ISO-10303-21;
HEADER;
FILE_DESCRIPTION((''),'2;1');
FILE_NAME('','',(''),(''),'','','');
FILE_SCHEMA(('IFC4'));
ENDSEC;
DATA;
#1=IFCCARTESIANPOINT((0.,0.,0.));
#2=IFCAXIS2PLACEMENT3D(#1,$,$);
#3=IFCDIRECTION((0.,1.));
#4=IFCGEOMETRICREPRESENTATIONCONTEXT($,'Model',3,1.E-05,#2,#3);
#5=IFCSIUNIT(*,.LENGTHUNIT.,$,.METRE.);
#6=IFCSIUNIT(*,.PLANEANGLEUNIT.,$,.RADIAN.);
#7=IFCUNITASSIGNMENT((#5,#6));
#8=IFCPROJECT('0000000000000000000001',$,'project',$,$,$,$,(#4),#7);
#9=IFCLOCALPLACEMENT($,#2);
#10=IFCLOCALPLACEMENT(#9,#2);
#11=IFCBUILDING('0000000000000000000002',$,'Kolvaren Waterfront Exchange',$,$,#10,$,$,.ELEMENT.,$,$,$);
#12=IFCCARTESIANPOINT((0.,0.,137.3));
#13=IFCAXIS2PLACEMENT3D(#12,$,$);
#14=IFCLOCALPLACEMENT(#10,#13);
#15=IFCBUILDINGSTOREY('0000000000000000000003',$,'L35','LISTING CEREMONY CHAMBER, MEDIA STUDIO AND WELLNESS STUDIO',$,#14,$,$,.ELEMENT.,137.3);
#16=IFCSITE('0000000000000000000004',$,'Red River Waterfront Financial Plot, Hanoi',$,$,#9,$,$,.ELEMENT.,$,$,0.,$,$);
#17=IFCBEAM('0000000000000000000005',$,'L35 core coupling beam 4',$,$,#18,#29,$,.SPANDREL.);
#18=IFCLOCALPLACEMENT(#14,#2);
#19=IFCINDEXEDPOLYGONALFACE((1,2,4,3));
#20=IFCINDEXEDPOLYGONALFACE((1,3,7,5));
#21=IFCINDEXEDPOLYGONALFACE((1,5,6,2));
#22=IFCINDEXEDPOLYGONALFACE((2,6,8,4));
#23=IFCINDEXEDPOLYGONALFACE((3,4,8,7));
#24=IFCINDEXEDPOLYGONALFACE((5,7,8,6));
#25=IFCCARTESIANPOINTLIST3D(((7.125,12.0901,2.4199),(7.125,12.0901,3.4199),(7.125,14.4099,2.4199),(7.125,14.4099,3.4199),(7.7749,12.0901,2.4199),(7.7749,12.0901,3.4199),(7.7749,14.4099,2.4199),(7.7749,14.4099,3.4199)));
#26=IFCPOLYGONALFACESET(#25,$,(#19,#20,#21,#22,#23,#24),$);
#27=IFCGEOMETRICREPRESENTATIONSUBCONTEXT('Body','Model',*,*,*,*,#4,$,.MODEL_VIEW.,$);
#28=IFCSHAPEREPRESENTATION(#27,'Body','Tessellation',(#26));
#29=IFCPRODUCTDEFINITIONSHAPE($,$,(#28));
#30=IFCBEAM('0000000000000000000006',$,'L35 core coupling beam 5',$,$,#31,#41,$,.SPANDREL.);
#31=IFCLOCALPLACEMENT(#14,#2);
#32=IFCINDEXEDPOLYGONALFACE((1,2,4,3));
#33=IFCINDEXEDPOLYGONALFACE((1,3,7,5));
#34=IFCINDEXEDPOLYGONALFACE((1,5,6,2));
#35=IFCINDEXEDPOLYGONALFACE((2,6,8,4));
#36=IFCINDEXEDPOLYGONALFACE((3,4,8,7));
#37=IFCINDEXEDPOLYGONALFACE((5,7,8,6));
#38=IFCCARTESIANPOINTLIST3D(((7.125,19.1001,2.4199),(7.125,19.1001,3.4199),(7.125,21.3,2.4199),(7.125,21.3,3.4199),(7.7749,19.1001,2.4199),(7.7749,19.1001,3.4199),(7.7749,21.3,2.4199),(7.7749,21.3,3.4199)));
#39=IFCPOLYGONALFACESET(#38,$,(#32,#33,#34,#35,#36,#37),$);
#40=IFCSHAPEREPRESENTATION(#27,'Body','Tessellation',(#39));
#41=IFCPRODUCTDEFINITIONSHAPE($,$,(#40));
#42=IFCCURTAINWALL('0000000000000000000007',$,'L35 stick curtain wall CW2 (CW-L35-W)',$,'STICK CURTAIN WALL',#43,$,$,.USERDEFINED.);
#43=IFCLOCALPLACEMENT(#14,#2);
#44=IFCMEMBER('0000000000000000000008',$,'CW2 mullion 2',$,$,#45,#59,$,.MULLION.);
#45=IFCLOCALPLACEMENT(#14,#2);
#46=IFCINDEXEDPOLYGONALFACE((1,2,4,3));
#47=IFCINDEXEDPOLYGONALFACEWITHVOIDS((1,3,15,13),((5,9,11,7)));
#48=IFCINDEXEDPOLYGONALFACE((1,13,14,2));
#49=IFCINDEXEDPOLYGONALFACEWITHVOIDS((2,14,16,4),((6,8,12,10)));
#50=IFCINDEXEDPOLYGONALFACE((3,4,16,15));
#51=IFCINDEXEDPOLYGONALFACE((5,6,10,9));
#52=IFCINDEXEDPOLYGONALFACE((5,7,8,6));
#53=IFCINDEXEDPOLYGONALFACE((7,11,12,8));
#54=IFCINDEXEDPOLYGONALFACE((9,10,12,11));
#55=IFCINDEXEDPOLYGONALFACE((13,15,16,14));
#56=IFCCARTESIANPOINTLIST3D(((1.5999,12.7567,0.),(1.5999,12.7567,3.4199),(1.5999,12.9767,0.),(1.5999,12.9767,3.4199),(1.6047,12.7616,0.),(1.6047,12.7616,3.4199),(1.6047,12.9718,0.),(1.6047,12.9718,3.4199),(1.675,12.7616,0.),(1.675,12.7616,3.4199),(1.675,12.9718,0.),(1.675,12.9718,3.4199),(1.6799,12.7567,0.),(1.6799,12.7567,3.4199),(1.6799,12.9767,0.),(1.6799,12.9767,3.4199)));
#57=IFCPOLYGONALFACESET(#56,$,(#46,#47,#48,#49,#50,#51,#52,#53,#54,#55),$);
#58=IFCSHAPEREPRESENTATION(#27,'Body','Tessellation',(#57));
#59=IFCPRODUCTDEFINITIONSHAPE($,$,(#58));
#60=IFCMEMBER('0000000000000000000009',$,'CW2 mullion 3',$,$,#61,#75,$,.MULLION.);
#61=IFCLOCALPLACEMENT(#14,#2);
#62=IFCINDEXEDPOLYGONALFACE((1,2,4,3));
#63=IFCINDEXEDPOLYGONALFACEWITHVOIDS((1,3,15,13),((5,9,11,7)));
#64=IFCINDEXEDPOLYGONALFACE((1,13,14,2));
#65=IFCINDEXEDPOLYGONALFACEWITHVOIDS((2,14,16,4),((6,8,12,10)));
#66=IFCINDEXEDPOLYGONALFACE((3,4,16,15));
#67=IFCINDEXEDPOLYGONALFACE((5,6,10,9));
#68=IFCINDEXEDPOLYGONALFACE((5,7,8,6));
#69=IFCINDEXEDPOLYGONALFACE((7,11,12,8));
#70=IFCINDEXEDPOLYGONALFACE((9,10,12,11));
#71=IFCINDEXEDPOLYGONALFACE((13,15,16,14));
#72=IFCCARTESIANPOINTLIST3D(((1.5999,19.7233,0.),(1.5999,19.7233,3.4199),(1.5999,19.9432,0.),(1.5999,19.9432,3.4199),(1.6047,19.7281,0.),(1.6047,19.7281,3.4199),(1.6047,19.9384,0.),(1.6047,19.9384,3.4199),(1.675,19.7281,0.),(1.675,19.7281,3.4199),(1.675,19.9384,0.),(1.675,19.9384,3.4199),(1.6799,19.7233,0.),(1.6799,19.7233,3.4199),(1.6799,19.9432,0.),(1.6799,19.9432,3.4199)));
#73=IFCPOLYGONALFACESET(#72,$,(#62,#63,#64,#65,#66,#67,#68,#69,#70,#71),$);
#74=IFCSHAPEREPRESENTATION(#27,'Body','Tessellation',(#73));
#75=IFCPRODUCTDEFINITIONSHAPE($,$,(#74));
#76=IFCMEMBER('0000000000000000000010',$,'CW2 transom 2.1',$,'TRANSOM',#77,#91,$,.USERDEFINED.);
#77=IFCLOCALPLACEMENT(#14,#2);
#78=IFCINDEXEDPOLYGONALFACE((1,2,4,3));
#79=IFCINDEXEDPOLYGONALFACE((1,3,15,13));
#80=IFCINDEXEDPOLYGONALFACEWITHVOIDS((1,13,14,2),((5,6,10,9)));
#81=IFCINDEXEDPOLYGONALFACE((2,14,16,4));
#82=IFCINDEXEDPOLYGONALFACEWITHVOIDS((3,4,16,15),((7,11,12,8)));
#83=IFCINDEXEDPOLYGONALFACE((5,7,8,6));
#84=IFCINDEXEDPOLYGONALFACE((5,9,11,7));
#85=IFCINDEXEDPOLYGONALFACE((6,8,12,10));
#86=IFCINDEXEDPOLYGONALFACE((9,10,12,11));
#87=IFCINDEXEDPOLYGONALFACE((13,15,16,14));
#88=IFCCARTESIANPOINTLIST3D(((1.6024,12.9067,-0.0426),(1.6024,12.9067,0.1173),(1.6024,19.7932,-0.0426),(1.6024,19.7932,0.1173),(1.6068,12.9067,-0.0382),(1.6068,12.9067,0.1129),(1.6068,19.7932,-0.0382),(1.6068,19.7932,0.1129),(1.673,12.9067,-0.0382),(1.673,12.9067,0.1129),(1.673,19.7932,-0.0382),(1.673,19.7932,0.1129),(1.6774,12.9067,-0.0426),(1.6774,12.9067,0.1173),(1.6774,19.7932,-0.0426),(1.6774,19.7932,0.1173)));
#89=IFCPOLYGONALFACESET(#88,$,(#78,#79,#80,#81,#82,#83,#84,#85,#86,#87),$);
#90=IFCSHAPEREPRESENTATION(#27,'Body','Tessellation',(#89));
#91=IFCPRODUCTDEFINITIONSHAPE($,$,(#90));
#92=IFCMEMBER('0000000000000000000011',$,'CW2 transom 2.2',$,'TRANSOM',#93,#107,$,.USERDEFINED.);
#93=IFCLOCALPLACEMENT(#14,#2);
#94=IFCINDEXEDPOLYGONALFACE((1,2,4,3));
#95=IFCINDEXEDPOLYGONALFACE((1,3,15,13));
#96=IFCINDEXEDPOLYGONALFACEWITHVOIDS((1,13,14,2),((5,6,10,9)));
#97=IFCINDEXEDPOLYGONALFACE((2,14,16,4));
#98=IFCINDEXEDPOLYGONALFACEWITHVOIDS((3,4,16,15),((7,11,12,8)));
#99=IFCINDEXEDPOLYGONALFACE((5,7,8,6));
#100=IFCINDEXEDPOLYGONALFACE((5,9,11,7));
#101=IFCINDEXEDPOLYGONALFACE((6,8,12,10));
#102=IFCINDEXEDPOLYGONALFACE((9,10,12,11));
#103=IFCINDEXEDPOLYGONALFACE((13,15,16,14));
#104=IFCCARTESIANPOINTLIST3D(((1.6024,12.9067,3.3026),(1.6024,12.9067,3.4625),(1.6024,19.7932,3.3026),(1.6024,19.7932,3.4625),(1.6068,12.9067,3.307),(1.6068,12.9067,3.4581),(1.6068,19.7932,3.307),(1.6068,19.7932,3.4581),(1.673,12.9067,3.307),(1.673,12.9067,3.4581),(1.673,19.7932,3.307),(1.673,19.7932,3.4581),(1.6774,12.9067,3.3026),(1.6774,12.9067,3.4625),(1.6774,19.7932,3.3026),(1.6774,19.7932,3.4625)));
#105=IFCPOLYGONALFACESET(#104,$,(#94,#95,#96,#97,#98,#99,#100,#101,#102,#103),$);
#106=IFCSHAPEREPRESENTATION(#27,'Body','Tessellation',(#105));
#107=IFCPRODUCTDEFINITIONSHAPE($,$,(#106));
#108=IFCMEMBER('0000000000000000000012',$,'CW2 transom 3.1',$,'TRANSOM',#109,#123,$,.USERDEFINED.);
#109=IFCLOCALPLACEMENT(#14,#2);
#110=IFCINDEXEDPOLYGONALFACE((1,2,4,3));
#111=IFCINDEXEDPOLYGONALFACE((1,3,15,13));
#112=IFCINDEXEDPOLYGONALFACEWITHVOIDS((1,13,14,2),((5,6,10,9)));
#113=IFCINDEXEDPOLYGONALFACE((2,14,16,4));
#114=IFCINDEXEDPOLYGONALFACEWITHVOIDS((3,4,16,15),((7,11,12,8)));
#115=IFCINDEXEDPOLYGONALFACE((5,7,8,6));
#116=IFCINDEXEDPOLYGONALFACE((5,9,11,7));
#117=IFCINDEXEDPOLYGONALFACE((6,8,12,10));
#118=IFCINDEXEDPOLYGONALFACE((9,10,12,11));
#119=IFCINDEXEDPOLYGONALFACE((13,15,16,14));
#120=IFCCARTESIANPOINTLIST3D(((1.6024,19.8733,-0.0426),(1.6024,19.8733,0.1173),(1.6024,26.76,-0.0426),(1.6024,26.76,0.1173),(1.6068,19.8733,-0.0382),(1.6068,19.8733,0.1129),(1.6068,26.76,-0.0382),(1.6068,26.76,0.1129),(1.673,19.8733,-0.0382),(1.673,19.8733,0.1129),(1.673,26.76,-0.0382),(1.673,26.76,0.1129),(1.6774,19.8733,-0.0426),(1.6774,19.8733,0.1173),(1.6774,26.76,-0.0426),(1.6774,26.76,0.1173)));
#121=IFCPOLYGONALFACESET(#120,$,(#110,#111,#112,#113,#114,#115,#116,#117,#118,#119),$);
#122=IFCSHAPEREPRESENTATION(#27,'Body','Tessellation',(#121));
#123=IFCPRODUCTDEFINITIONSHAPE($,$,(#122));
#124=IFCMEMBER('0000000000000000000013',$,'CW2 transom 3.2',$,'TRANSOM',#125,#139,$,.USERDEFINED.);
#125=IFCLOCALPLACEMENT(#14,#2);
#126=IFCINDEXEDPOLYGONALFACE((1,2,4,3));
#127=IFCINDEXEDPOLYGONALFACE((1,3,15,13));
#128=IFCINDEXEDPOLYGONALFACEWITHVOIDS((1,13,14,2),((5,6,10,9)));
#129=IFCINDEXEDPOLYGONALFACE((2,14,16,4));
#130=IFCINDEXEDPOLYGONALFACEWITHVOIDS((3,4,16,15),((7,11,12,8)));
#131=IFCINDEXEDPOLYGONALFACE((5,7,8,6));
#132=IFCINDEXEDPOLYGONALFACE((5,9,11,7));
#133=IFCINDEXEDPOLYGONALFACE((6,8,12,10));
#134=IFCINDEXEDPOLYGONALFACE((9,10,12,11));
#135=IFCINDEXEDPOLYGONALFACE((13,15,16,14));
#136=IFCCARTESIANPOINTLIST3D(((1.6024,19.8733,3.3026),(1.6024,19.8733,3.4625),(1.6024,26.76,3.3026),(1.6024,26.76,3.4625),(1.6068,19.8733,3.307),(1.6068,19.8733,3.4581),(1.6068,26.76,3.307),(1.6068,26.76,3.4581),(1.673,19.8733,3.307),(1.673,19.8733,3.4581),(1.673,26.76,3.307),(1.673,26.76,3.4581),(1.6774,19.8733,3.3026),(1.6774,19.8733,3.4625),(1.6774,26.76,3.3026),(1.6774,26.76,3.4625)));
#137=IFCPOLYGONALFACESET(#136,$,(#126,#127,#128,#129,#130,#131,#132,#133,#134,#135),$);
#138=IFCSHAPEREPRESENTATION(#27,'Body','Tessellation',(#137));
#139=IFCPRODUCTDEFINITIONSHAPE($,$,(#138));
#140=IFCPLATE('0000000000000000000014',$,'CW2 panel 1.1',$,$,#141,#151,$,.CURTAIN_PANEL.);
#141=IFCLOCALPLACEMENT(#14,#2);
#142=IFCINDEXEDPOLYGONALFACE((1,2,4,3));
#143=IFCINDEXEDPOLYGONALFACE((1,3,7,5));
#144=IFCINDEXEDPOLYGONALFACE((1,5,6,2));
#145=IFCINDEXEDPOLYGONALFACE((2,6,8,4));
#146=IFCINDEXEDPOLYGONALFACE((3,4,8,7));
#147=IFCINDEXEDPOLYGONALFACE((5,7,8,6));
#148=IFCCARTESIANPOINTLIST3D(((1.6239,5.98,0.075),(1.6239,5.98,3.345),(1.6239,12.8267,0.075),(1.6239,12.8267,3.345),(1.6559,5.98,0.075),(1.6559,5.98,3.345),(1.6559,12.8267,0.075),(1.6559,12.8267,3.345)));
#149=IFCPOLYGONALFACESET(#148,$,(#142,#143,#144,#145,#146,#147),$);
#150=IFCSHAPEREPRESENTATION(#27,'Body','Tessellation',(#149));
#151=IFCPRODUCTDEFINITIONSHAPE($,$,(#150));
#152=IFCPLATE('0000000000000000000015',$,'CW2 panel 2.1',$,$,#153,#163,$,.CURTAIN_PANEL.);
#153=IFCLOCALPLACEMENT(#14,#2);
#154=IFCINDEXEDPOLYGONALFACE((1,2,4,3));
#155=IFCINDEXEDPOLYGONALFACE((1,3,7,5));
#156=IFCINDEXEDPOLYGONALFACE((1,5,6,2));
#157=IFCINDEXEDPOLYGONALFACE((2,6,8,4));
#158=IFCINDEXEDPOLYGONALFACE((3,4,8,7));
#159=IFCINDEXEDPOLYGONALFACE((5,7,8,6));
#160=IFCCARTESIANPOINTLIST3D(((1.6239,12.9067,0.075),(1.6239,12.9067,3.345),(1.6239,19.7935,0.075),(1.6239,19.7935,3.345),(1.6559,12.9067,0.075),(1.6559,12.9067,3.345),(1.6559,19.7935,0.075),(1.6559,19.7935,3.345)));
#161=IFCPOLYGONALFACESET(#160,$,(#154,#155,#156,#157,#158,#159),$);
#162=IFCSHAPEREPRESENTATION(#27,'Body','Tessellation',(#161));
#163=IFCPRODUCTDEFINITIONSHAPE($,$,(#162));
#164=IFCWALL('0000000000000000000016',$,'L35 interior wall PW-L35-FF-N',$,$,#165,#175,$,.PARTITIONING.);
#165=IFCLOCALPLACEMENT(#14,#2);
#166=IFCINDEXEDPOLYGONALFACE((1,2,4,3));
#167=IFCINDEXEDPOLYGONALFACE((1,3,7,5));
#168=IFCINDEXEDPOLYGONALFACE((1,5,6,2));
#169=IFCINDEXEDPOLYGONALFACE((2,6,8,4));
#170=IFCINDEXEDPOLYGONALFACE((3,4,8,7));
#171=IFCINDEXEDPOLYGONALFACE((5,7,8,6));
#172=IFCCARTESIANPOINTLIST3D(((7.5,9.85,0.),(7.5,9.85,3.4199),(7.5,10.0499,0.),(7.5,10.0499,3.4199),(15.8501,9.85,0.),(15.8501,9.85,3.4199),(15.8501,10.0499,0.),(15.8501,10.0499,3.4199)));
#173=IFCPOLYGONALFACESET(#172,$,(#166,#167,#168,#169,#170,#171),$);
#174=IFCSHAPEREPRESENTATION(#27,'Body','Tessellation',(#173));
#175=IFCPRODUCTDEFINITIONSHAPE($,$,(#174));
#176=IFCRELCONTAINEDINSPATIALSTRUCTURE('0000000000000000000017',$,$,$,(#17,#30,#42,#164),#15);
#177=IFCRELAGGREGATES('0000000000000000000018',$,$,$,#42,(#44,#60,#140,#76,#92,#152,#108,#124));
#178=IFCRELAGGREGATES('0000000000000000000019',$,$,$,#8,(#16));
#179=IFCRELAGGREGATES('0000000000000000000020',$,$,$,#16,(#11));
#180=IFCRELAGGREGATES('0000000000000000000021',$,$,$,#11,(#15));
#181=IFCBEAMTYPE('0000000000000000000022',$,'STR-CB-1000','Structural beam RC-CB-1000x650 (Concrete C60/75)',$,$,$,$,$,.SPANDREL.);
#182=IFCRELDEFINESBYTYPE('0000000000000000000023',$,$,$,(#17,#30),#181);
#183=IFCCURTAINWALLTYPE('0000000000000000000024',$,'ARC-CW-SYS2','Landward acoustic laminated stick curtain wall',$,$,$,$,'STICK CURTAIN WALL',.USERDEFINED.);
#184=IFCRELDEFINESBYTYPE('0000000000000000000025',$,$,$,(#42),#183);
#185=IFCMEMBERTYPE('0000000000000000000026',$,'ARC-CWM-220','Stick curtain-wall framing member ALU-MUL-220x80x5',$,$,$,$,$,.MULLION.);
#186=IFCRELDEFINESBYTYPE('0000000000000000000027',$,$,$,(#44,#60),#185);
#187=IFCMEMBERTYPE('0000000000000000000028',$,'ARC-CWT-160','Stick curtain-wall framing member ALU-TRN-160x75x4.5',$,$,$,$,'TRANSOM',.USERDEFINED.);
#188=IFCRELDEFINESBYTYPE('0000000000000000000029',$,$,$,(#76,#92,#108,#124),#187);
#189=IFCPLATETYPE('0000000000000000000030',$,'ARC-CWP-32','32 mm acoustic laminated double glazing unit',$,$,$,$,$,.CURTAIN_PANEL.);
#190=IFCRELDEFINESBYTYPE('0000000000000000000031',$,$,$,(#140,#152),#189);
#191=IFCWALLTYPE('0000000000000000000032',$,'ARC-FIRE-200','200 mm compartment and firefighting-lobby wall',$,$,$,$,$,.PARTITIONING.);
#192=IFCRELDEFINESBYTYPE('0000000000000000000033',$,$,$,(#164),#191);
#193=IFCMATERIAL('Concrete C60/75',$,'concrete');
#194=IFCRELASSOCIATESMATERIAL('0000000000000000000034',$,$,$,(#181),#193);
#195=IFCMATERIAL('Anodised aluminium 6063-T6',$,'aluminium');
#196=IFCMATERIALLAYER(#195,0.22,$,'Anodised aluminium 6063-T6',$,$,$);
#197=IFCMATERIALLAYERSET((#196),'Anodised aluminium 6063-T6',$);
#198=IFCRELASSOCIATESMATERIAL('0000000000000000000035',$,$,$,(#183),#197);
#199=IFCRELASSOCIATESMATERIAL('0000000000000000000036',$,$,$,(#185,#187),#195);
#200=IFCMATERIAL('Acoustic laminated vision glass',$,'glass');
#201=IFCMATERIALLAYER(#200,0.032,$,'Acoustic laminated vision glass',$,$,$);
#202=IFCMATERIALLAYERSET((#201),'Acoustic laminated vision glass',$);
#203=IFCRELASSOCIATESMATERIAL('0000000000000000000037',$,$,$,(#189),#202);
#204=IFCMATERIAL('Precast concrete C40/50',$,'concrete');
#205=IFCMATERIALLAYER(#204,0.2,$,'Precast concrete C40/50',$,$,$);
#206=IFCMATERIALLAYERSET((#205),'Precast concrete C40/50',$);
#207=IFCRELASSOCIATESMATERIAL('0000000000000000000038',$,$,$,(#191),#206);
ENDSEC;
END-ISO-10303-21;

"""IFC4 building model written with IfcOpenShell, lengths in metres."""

from ifc_helpers import new_model, si_unit, direction, frame, frame_2d, origin, origin_with_axes, origin_2d, place, context, subcontext, project, spatial, rectangle, hollow_rectangle, extrude, source, transform, mapped, material, layer, layer_set, material_profile, profile_set, type_object, element, aggregate, save


model = new_model("IFC4")

# Units and contexts
model_context = context("Model", 3, precision=1e-05, world=origin(), true_north=direction((0.0, 1.0)))
body_context = subcontext(model_context, "Body", "Model", "MODEL_VIEW")
ifc_project = project(units=[si_unit("LENGTHUNIT", "METRE"), si_unit("PLANEANGLEUNIT", "RADIAN")], contexts=[model_context])

# Site, building, storey
site_placement = place(None, origin())
site = spatial("IfcSite", under=ifc_project, at=site_placement, Name="Red River Waterfront Financial Plot, Hanoi", CompositionType="ELEMENT", RefElevation=0.0)
building_placement = place(site_placement, origin())
building = spatial("IfcBuilding", under=site, at=building_placement, Name="Kolvaren Waterfront Exchange", CompositionType="ELEMENT")
storey_placement = place(building_placement, frame((0.0, 0.0, 137.3)))
storey = spatial("IfcBuildingStorey", under=building, at=storey_placement, Name="L35", Description="LISTING CEREMONY CHAMBER, MEDIA STUDIO AND WELLNESS STUDIO", CompositionType="ELEMENT", Elevation=137.3)

# Beams
ifc_material_1 = material(Name="Concrete C60/75", Category="concrete")
ifc_material_profile_1 = material_profile(ifc_material_1, rectangle(XDim=0.6499, YDim=1.0, at=origin_2d()), Name="RC-CB-1000x650")
ifc_profile_set_1 = profile_set([ifc_material_profile_1], Name="Concrete C60/75")
beam_type = type_object("IfcBeamType", Name="STR-CB-1000", Description="Structural beam RC-CB-1000x650 (Concrete C60/75)", PredefinedType="SPANDREL", material=ifc_profile_set_1)
beam_1_placement = place(storey_placement, frame((7.45, 12.0901, 2.9199), z_axis=(0.0, 1.0, 0.0), x_axis=(-1.0, 0.0, 0.0)))
element("IfcBeam", 1, at=beam_1_placement, inside=storey, type_object=beam_type, Name="L35 core coupling beam 4", PredefinedType="SPANDREL", context=body_context, shape_type="SweptSolid", body=[
    extrude(rectangle(XDim=0.6499, YDim=1.0, at=origin_2d()), origin(), (0.0, 0.0, 1.0), 2.3198),
])
beam_2_placement = place(storey_placement, frame((7.45, 19.1001, 2.9199), z_axis=(0.0, 1.0, 0.0), x_axis=(-1.0, 0.0, 0.0)))
element("IfcBeam", 2, at=beam_2_placement, inside=storey, type_object=beam_type, Name="L35 core coupling beam 5", PredefinedType="SPANDREL", context=body_context, shape_type="SweptSolid", body=[
    extrude(rectangle(XDim=0.6499, YDim=1.0, at=origin_2d()), origin(), (0.0, 0.0, 1.0), 2.2),
])

# Curtain wall, members, plates
ifc_material_2 = material(Name="Anodised aluminium 6063-T6", Category="aluminium")
ifc_layer_1 = layer(ifc_material_2, 0.22, Name="Anodised aluminium 6063-T6")
ifc_layer_set_1 = layer_set([ifc_layer_1], Name="Anodised aluminium 6063-T6")
curtain_wall_type = type_object("IfcCurtainWallType", Name="ARC-CW-SYS2", Description="Landward acoustic laminated stick curtain wall", ElementType="STICK CURTAIN WALL", PredefinedType="USERDEFINED", material=ifc_layer_set_1)
curtain_wall_placement = place(storey_placement, origin())
curtain_wall = element("IfcCurtainWall", 3, at=curtain_wall_placement, inside=storey, type_object=curtain_wall_type, Name="L35 stick curtain wall CW2 (CW-L35-W)", ObjectType="STICK CURTAIN WALL", PredefinedType="USERDEFINED")
ifc_material_profile_2 = material_profile(ifc_material_2, hollow_rectangle(XDim=0.0801, YDim=0.22, WallThickness=0.0049, at=origin_2d()), Name="ALU-MUL-220x80x5")
ifc_profile_set_2 = profile_set([ifc_material_profile_2], Name="Anodised aluminium 6063-T6")
member_type_1 = type_object("IfcMemberType", Name="ARC-CWM-220", Description="Stick curtain-wall framing member ALU-MUL-220x80x5", PredefinedType="MULLION", material=ifc_profile_set_2)
shared_shape_1 = source(origin_with_axes(), body_context, "Body", "SweptSolid", [
    extrude(hollow_rectangle(XDim=0.0801, YDim=0.22, WallThickness=0.0049, at=origin_2d()), origin(), (0.0, 0.0, 1.0), 3.4199),
])
member_1_placement = place(storey_placement, frame((1.6399, 12.8667, 0.0), z_axis=(0.0, 0.0, 1.0), x_axis=(-1.0, 0.0, 0.0)))
member_1 = element("IfcMember", 4, at=member_1_placement, type_object=member_type_1, Name="CW2 mullion 2", PredefinedType="MULLION", context=body_context, shape_type="MappedRepresentation", body=[
    mapped(shared_shape_1, transform((0.0, 0.0, 0.0), x_axis=(1.0, 0.0, 0.0), y_axis=(0.0, 1.0, 0.0), z_axis=(0.0, 0.0, 1.0), scale=1.0)),
])
member_2_placement = place(storey_placement, frame((1.6399, 19.8333, 0.0), z_axis=(0.0, 0.0, 1.0), x_axis=(-1.0, 0.0, 0.0)))
member_2 = element("IfcMember", 5, at=member_2_placement, type_object=member_type_1, Name="CW2 mullion 3", PredefinedType="MULLION", context=body_context, shape_type="MappedRepresentation", body=[
    mapped(shared_shape_1, transform((0.0, 0.0, 0.0), x_axis=(1.0, 0.0, 0.0), y_axis=(0.0, 1.0, 0.0), z_axis=(0.0, 0.0, 1.0), scale=1.0)),
])
ifc_material_profile_3 = material_profile(ifc_material_2, hollow_rectangle(XDim=0.075, YDim=0.1599, WallThickness=0.0044, at=origin_2d()), Name="ALU-TRN-160x75x4.5")
ifc_profile_set_3 = profile_set([ifc_material_profile_3], Name="Anodised aluminium 6063-T6")
member_type_2 = type_object("IfcMemberType", Name="ARC-CWT-160", Description="Stick curtain-wall framing member ALU-TRN-160x75x4.5", ElementType="TRANSOM", PredefinedType="USERDEFINED", material=ifc_profile_set_3)
shared_shape_2 = source(origin_with_axes(), body_context, "Body", "SweptSolid", [
    extrude(hollow_rectangle(XDim=0.075, YDim=0.1599, WallThickness=0.0044, at=origin_2d()), origin(), (0.0, 0.0, 1.0), 6.8865),
])
member_3_placement = place(storey_placement, frame((1.6399, 12.9067, 0.0374), z_axis=(0.0, 1.0, 0.0), x_axis=(-1.0, 0.0, 0.0)))
member_3 = element("IfcMember", 6, at=member_3_placement, type_object=member_type_2, Name="CW2 transom 2.1", ObjectType="TRANSOM", PredefinedType="USERDEFINED", context=body_context, shape_type="MappedRepresentation", body=[
    mapped(shared_shape_2, transform((0.0, 0.0, 0.0), x_axis=(1.0, 0.0, 0.0), y_axis=(0.0, 1.0, 0.0), z_axis=(0.0, 0.0, 1.0), scale=1.0)),
])
member_4_placement = place(storey_placement, frame((1.6399, 12.9067, 3.3826), z_axis=(0.0, 1.0, 0.0), x_axis=(-1.0, 0.0, 0.0)))
member_4 = element("IfcMember", 7, at=member_4_placement, type_object=member_type_2, Name="CW2 transom 2.2", ObjectType="TRANSOM", PredefinedType="USERDEFINED", context=body_context, shape_type="MappedRepresentation", body=[
    mapped(shared_shape_2, transform((0.0, 0.0, 0.0), x_axis=(1.0, 0.0, 0.0), y_axis=(0.0, 1.0, 0.0), z_axis=(0.0, 0.0, 1.0), scale=1.0)),
])
shared_shape_3 = source(origin_with_axes(), body_context, "Body", "SweptSolid", [
    extrude(hollow_rectangle(XDim=0.075, YDim=0.1599, WallThickness=0.0044, at=origin_2d()), origin(), (0.0, 0.0, 1.0), 6.8867),
])
member_5_placement = place(storey_placement, frame((1.6399, 19.8733, 0.0374), z_axis=(0.0, 1.0, 0.0), x_axis=(-1.0, 0.0, 0.0)))
member_5 = element("IfcMember", 8, at=member_5_placement, type_object=member_type_2, Name="CW2 transom 3.1", ObjectType="TRANSOM", PredefinedType="USERDEFINED", context=body_context, shape_type="MappedRepresentation", body=[
    mapped(shared_shape_3, transform((0.0, 0.0, 0.0), x_axis=(1.0, 0.0, 0.0), y_axis=(0.0, 1.0, 0.0), z_axis=(0.0, 0.0, 1.0), scale=1.0)),
])
member_6_placement = place(storey_placement, frame((1.6399, 19.8733, 3.3826), z_axis=(0.0, 1.0, 0.0), x_axis=(-1.0, 0.0, 0.0)))
member_6 = element("IfcMember", 9, at=member_6_placement, type_object=member_type_2, Name="CW2 transom 3.2", ObjectType="TRANSOM", PredefinedType="USERDEFINED", context=body_context, shape_type="MappedRepresentation", body=[
    mapped(shared_shape_3, transform((0.0, 0.0, 0.0), x_axis=(1.0, 0.0, 0.0), y_axis=(0.0, 1.0, 0.0), z_axis=(0.0, 0.0, 1.0), scale=1.0)),
])
ifc_material_3 = material(Name="Acoustic laminated vision glass", Category="glass")
ifc_layer_2 = layer(ifc_material_3, 0.032, Name="Acoustic laminated vision glass")
ifc_layer_set_2 = layer_set([ifc_layer_2], Name="Acoustic laminated vision glass")
plate_type = type_object("IfcPlateType", Name="ARC-CWP-32", Description="32 mm acoustic laminated double glazing unit", PredefinedType="CURTAIN_PANEL", material=ifc_layer_set_2)
shared_shape_4 = source(origin_with_axes(), body_context, "Body", "SweptSolid", [
    extrude(rectangle(XDim=6.8467, YDim=0.032, at=origin_2d()), origin(), (0.0, 0.0, 1.0), 3.27),
])
plate_1_placement = place(storey_placement, frame((1.6399, 9.4033, 0.075), z_axis=(0.0, 0.0, 1.0), x_axis=(0.0, 1.0, 0.0)))
plate_1 = element("IfcPlate", 10, at=plate_1_placement, type_object=plate_type, Name="CW2 panel 1.1", PredefinedType="CURTAIN_PANEL", context=body_context, shape_type="MappedRepresentation", body=[
    mapped(shared_shape_4, transform((0.0, 0.0, 0.0), x_axis=(1.0, 0.0, 0.0), y_axis=(0.0, 1.0, 0.0), z_axis=(0.0, 0.0, 1.0), scale=1.0)),
])
shared_shape_5 = source(origin_with_axes(), body_context, "Body", "SweptSolid", [
    extrude(rectangle(XDim=6.8867, YDim=0.032, at=origin_2d()), origin(), (0.0, 0.0, 1.0), 3.27),
])
plate_2_placement = place(storey_placement, frame((1.6399, 16.3501, 0.075), z_axis=(0.0, 0.0, 1.0), x_axis=(0.0, 1.0, 0.0)))
plate_2 = element("IfcPlate", 11, at=plate_2_placement, type_object=plate_type, Name="CW2 panel 2.1", PredefinedType="CURTAIN_PANEL", context=body_context, shape_type="MappedRepresentation", body=[
    mapped(shared_shape_5, transform((0.0, 0.0, 0.0), x_axis=(1.0, 0.0, 0.0), y_axis=(0.0, 1.0, 0.0), z_axis=(0.0, 0.0, 1.0), scale=1.0)),
])
aggregate(curtain_wall, [member_1, member_2, plate_1, member_3, member_4, plate_2, member_5, member_6])

# Wall
ifc_material_4 = material(Name="Precast concrete C40/50", Category="concrete")
ifc_layer_3 = layer(ifc_material_4, 0.2, Name="Precast concrete C40/50")
ifc_layer_set_3 = layer_set([ifc_layer_3], Name="Precast concrete C40/50")
wall_type_1 = type_object("IfcWallType", Name="ARC-FIRE-200", Description="200 mm compartment and firefighting-lobby wall", PredefinedType="PARTITIONING", material=ifc_layer_set_3)
wall_1_placement = place(storey_placement, frame((7.5, 9.95, 0.0), z_axis=(0.0, 0.0, 1.0), x_axis=(1.0, 0.0, 0.0)))
element("IfcWall", 12, at=wall_1_placement, inside=storey, type_object=wall_type_1, Name="L35 interior wall PW-L35-FF-N", PredefinedType="PARTITIONING", context=body_context, shape_type="SweptSolid", body=[
    extrude(rectangle(XDim=8.3501, YDim=0.2, at=frame_2d((4.175, 0.0))), origin(), (0.0, 0.0, 1.0), 3.4199),
])

save(model, "model.ifc")
